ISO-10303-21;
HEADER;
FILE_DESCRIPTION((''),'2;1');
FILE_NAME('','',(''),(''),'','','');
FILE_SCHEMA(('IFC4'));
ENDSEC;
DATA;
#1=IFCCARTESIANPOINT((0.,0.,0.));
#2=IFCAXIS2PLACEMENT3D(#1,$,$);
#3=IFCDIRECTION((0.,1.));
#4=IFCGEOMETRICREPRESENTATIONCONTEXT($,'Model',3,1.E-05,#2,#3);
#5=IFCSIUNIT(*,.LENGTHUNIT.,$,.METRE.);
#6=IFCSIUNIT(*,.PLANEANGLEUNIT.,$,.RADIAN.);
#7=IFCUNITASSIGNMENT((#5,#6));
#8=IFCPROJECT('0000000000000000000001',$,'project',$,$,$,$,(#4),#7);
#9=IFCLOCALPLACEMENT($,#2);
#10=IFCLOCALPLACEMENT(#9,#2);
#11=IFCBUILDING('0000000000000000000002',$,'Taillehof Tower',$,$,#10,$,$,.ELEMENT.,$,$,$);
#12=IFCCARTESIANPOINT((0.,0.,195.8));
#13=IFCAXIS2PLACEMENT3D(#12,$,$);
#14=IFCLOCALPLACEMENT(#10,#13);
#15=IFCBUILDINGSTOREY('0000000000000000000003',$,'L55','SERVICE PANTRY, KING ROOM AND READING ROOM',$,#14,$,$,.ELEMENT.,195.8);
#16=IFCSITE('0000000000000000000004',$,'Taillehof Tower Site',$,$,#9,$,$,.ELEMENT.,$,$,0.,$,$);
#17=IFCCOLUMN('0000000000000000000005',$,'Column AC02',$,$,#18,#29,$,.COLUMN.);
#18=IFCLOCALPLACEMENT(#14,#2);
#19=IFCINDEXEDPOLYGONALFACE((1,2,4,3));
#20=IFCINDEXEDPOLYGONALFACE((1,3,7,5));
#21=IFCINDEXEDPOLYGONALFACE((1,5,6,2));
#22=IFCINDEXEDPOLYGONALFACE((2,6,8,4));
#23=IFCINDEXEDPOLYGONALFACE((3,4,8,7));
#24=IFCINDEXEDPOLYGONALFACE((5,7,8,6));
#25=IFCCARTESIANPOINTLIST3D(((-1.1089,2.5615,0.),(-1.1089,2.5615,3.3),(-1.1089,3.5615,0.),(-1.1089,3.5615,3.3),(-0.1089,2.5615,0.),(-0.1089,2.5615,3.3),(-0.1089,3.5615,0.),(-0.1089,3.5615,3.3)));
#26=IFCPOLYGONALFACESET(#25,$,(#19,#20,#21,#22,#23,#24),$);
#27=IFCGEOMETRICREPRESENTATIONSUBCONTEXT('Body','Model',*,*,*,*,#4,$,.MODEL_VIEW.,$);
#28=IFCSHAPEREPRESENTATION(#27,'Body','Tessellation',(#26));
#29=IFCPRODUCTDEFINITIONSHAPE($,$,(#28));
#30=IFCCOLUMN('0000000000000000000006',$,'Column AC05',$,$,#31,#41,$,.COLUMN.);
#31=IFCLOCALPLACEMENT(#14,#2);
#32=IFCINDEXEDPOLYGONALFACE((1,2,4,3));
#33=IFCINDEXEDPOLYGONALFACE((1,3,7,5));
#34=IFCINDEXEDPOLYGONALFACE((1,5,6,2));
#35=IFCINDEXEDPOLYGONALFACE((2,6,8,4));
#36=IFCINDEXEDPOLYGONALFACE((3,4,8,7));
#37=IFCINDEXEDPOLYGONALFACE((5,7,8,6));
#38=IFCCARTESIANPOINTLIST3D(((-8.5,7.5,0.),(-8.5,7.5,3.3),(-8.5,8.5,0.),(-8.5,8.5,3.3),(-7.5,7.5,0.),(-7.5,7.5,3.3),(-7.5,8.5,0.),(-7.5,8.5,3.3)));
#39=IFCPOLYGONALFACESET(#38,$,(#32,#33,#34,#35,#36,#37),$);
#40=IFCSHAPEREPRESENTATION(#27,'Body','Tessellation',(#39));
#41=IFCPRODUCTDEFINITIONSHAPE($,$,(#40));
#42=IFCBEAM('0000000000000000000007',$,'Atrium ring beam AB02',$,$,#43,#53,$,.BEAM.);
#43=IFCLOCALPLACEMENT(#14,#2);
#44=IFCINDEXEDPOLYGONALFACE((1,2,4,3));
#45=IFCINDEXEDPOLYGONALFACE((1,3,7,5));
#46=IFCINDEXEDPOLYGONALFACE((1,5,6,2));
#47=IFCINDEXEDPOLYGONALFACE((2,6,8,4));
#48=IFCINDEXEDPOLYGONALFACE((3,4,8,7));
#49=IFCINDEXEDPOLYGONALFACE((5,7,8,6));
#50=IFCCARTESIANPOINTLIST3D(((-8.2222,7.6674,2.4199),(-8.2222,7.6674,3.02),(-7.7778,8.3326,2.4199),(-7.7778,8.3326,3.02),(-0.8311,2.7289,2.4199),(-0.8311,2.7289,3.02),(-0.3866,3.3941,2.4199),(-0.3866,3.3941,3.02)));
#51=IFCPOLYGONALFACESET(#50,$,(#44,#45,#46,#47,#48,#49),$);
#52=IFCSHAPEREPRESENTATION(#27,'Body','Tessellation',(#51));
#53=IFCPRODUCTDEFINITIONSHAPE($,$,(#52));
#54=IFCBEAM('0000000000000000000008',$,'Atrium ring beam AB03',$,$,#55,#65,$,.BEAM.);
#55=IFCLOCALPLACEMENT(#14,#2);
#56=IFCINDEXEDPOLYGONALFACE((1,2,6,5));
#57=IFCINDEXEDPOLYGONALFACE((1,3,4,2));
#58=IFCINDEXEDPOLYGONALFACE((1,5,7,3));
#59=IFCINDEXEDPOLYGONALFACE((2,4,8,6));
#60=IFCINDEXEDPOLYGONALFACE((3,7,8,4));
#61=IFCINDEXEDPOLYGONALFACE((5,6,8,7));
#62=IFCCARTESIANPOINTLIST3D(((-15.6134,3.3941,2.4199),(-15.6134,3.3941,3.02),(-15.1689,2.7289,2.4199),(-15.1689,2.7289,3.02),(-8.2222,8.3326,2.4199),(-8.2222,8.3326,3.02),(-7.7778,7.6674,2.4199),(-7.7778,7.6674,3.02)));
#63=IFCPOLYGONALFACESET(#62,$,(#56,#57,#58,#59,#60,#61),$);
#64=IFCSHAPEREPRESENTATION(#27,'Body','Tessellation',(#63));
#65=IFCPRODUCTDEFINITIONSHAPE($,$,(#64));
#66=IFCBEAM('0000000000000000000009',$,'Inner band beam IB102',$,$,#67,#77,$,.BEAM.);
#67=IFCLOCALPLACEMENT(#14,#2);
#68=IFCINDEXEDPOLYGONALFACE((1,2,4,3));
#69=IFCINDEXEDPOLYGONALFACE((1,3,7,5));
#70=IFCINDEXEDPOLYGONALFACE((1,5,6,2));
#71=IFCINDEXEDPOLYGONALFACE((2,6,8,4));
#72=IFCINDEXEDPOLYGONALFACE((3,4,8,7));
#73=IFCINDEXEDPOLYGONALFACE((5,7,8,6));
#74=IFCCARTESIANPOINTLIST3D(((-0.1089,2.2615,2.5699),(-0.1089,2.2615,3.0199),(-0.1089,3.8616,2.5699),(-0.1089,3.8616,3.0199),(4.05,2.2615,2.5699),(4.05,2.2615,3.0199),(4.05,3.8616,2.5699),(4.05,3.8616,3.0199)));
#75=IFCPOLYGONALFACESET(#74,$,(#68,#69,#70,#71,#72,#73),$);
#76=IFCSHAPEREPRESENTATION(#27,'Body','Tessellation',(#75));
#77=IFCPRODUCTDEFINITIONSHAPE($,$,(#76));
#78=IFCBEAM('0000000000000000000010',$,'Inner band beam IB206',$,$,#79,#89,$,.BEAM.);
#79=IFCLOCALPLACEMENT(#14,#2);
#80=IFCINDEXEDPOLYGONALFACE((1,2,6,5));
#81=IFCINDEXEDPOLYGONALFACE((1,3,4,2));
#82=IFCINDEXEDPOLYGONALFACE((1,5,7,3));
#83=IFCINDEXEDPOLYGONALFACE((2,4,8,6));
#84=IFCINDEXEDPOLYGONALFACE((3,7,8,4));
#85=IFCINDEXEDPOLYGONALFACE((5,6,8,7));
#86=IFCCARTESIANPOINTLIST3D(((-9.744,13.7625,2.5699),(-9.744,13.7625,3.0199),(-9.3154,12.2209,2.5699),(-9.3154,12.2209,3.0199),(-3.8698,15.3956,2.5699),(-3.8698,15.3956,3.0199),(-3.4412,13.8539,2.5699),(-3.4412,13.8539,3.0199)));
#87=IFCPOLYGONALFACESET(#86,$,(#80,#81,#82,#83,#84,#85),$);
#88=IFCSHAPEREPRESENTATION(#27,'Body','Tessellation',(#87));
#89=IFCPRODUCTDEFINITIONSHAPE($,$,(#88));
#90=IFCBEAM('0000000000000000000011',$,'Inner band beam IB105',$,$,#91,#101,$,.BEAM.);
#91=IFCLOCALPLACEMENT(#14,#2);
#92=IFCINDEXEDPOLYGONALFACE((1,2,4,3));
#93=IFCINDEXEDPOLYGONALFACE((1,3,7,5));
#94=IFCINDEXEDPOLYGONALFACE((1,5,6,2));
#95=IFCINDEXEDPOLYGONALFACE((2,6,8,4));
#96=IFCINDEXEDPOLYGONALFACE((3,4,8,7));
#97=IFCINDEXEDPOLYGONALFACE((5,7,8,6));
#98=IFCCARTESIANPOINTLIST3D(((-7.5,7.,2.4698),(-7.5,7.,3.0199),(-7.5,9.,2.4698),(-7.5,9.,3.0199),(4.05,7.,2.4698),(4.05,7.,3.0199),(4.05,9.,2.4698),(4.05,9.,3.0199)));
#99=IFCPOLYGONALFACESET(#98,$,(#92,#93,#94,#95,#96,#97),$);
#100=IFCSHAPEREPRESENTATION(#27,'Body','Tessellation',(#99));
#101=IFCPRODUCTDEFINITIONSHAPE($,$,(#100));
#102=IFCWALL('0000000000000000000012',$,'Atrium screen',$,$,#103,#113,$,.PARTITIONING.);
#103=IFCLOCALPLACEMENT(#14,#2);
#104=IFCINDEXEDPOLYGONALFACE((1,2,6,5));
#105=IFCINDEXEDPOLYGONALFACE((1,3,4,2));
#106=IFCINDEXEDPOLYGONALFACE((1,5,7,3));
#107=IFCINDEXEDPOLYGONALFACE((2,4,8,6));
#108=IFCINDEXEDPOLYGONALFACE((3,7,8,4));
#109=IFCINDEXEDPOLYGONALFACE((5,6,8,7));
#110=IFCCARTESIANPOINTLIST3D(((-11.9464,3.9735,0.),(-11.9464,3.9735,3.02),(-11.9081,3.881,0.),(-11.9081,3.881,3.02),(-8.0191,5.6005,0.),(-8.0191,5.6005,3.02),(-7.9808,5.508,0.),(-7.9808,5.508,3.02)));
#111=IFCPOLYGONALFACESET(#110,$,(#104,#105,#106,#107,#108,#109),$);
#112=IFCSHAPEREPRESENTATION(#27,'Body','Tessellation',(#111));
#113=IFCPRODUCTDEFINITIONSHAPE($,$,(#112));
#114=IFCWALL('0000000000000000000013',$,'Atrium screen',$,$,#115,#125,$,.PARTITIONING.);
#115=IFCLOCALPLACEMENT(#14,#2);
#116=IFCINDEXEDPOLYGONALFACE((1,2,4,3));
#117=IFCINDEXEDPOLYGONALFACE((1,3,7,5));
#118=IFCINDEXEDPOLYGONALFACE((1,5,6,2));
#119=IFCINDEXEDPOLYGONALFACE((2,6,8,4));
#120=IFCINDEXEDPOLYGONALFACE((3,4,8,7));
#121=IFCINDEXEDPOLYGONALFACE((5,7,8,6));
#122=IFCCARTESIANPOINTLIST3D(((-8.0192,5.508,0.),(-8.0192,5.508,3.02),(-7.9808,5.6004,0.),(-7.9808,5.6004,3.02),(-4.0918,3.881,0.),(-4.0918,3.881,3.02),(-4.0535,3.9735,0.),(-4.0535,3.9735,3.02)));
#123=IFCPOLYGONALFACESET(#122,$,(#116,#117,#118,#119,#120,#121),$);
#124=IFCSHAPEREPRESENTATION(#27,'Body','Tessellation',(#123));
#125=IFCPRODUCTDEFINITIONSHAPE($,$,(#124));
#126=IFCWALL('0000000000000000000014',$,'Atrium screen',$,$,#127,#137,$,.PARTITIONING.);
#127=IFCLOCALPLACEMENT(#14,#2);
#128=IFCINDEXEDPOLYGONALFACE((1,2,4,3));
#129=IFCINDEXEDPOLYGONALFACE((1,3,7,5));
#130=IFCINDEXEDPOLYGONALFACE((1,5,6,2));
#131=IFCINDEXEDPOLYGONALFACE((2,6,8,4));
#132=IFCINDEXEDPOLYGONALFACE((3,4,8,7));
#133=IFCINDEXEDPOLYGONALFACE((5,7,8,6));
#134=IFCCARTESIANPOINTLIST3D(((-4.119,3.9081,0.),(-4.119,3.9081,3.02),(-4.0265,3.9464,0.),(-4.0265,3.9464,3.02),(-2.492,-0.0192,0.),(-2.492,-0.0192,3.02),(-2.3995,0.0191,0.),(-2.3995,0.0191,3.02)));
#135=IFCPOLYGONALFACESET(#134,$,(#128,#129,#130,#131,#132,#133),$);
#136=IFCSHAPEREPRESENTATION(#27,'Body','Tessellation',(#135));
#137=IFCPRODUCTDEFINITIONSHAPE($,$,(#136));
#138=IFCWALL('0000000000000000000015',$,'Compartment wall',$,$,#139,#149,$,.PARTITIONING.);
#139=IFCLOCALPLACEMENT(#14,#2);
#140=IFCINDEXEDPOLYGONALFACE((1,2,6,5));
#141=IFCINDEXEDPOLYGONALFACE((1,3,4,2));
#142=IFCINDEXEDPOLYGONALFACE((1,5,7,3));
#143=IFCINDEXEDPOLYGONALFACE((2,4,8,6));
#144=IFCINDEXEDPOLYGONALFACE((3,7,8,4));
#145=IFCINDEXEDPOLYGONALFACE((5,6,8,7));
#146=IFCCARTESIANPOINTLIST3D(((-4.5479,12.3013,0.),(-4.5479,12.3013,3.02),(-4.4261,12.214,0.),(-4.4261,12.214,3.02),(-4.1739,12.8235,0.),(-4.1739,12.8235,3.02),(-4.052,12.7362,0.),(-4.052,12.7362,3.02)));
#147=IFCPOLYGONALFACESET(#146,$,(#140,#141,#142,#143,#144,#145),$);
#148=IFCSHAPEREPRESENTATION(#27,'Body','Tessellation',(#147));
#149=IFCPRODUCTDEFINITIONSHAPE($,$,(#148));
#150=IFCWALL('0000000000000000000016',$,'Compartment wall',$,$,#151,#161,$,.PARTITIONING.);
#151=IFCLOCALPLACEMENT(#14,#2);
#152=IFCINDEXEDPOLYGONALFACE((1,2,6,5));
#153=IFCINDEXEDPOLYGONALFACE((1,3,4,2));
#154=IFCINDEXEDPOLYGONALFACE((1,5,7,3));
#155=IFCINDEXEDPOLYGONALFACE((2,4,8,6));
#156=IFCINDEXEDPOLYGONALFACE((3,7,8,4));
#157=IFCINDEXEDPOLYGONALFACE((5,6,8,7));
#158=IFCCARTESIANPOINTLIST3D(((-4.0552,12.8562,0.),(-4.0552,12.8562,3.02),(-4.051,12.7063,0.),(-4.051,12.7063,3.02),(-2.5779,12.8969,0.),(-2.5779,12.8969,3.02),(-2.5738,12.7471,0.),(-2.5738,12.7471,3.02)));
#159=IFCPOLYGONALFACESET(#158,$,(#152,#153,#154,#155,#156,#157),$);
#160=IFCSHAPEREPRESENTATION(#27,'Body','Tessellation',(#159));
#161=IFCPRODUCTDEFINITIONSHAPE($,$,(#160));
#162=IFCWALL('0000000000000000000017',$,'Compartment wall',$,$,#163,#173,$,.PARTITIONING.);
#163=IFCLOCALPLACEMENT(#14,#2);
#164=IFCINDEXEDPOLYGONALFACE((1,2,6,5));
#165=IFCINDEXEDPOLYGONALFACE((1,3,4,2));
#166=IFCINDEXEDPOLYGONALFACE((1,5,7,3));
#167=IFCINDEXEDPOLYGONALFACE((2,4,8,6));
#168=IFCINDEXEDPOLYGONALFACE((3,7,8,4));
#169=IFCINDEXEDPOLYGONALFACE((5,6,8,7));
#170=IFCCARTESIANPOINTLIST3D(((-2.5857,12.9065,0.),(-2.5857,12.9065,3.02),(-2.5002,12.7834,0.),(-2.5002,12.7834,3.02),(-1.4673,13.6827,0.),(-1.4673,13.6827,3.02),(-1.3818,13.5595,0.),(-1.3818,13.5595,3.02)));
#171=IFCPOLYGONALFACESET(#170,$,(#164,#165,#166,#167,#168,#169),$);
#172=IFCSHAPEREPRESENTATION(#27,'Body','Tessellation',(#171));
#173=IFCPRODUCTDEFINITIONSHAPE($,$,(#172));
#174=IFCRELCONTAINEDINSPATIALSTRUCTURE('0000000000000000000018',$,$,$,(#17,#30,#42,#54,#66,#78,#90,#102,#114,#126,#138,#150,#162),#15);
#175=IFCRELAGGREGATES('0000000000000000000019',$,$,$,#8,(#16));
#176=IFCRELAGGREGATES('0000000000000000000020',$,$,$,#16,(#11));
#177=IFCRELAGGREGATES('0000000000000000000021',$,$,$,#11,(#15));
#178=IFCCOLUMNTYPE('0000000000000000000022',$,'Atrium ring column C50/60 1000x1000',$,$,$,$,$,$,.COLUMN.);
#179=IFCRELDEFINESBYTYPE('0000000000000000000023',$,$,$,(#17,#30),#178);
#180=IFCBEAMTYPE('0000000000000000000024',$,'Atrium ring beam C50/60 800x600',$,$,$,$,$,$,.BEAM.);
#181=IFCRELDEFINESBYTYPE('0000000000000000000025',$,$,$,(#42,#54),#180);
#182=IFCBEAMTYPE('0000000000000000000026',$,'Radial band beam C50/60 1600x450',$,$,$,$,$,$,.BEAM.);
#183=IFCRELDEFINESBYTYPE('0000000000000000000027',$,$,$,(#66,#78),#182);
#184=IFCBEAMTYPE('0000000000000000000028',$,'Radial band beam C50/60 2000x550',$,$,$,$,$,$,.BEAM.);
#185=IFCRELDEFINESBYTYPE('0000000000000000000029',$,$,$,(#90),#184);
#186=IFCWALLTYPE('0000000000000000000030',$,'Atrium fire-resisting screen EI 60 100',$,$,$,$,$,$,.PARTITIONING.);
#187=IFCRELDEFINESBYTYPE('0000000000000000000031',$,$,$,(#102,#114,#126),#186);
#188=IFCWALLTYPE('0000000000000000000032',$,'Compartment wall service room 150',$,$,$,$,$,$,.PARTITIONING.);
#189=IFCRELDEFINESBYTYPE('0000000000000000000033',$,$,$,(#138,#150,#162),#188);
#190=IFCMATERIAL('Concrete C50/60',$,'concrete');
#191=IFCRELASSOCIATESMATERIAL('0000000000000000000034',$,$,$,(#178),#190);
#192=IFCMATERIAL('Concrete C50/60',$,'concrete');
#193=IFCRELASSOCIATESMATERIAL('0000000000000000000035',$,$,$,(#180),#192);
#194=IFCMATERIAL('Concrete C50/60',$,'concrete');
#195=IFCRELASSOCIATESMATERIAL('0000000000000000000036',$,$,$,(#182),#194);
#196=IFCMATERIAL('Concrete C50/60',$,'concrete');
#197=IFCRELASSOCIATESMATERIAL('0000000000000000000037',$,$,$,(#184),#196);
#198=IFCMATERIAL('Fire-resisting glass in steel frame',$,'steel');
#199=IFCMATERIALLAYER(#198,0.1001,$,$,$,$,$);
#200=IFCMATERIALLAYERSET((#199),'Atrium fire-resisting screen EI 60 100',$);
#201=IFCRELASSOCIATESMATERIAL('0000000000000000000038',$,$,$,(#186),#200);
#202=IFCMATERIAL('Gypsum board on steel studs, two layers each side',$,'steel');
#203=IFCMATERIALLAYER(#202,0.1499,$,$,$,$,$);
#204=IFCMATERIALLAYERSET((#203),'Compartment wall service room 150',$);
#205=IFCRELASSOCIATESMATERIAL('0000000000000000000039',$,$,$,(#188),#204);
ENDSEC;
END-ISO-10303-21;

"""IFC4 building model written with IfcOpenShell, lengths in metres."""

from ifc_helpers import new_model, si_unit, direction, frame, frame_2d, origin, origin_2d, place, context, subcontext, project, spatial, rectangle, extrude, material, layer, layer_set, material_profile, profile_set, type_object, element, save


model = new_model("IFC4")

# Units and contexts
model_context = context("Model", 3, precision=1e-05, world=origin(), true_north=direction((0.0, 1.0)))
body_context = subcontext(model_context, "Body", "Model", "MODEL_VIEW")
ifc_project = project(units=[si_unit("LENGTHUNIT", "METRE"), si_unit("PLANEANGLEUNIT", "RADIAN")], contexts=[model_context])

# Site, building, storey
site_placement = place(None, origin())
site = spatial("IfcSite", under=ifc_project, at=site_placement, Name="Taillehof Tower Site", CompositionType="ELEMENT", RefElevation=0.0)
building_placement = place(site_placement, origin())
building = spatial("IfcBuilding", under=site, at=building_placement, Name="Taillehof Tower", CompositionType="ELEMENT")
storey_placement = place(building_placement, frame((0.0, 0.0, 195.8)))
storey = spatial("IfcBuildingStorey", under=building, at=storey_placement, Name="L55", Description="SERVICE PANTRY, KING ROOM AND READING ROOM", CompositionType="ELEMENT", Elevation=195.8)

# Columns
ifc_material_1 = material(Name="Concrete C50/60", Category="concrete")
ifc_material_profile_1 = material_profile(ifc_material_1, rectangle(XDim=1.0, YDim=1.0, at=origin_2d()), Name="RC 1000x1000")
ifc_profile_set_1 = profile_set([ifc_material_profile_1], Name="Concrete C50/60")
column_type = type_object("IfcColumnType", Name="Atrium ring column C50/60 1000x1000", PredefinedType="COLUMN", material=ifc_profile_set_1)
for number, where, z_axis, x_axis, name in (
    (1, (-0.6089, 3.0615, 0.0), (0.0, 0.0, 1.0), (1.0, 0.0, 0.0), "Column AC02"),
    (2, (-8.0, 8.0, 0.0), (0.0, 0.0, 1.0), (1.0, 0.0, 0.0), "Column AC05"),
):
    element("IfcColumn", number, at=place(storey_placement, frame(where, z_axis=z_axis, x_axis=x_axis)), inside=storey, type_object=column_type, Name=name, PredefinedType="COLUMN", context=body_context, shape_type="SweptSolid", body=[
        extrude(rectangle(XDim=1.0, YDim=1.0, at=origin_2d()), origin(), (0.0, 0.0, 1.0), 3.3),
    ])

# Beams
ifc_material_2 = material(Name="Concrete C50/60", Category="concrete")
ifc_material_profile_2 = material_profile(ifc_material_2, rectangle(XDim=0.8, YDim=0.6001, at=origin_2d()), Name="RC 800x600")
ifc_profile_set_2 = profile_set([ifc_material_profile_2], Name="Concrete C50/60")
beam_type_1 = type_object("IfcBeamType", Name="Atrium ring beam C50/60 800x600", PredefinedType="BEAM", material=ifc_profile_set_2)
for number, where, z_axis, x_axis, name in (
    (3, (-0.6089, 3.0615, 2.72), (-0.831475, 0.555562, 0.0), (-0.555562, -0.831475, 0.0), "Atrium ring beam AB02"),
    (4, (-8.0, 8.0, 2.72), (-0.831475, -0.555562, 0.0), (0.555562, -0.831475, 0.0), "Atrium ring beam AB03"),
):
    element("IfcBeam", number, at=place(storey_placement, frame(where, z_axis=z_axis, x_axis=x_axis)), inside=storey, type_object=beam_type_1, Name=name, PredefinedType="BEAM", context=body_context, shape_type="SweptSolid", body=[
        extrude(rectangle(XDim=0.8, YDim=0.6001, at=origin_2d()), origin(), (0.0, 0.0, 1.0), 8.8892),
    ])
ifc_material_3 = material(Name="Concrete C50/60", Category="concrete")
ifc_material_profile_3 = material_profile(ifc_material_3, rectangle(XDim=1.6001, YDim=0.45, at=origin_2d()), Name="RC 1600x450")
ifc_profile_set_3 = profile_set([ifc_material_profile_3], Name="Concrete C50/60")
beam_type_2 = type_object("IfcBeamType", Name="Radial band beam C50/60 1600x450", PredefinedType="BEAM", material=ifc_profile_set_3)
beam_1_placement = place(storey_placement, frame((-0.1089, 3.0615, 2.7949), z_axis=(1.0, 0.0, 0.0), x_axis=(0.0, 1.0, 0.0)))
element("IfcBeam", 5, at=beam_1_placement, inside=storey, type_object=beam_type_2, Name="Inner band beam IB102", PredefinedType="BEAM", context=body_context, shape_type="SweptSolid", body=[
    extrude(rectangle(XDim=1.6001, YDim=0.45, at=origin_2d()), origin(), (0.0, 0.0, 1.0), 4.1589),
])
beam_2_placement = place(storey_placement, frame((-3.6555, 14.6248, 2.7949), z_axis=(-0.963459, -0.267855, 0.0), x_axis=(0.267855, -0.963459, 0.0)))
element("IfcBeam", 6, at=beam_2_placement, inside=storey, type_object=beam_type_2, Name="Inner band beam IB206", PredefinedType="BEAM", context=body_context, shape_type="SweptSolid", body=[
    extrude(rectangle(XDim=1.6001, YDim=0.45, at=origin_2d()), origin(), (0.0, 0.0, 1.0), 6.0969),
])
ifc_material_4 = material(Name="Concrete C50/60", Category="concrete")
ifc_material_profile_4 = material_profile(ifc_material_4, rectangle(XDim=2.0, YDim=0.55, at=origin_2d()), Name="RC 2000x550")
ifc_profile_set_4 = profile_set([ifc_material_profile_4], Name="Concrete C50/60")
beam_type_3 = type_object("IfcBeamType", Name="Radial band beam C50/60 2000x550", PredefinedType="BEAM", material=ifc_profile_set_4)
beam_3_placement = place(storey_placement, frame((-7.5, 8.0, 2.7449), z_axis=(1.0, 0.0, 0.0), x_axis=(0.0, 1.0, 0.0)))
element("IfcBeam", 7, at=beam_3_placement, inside=storey, type_object=beam_type_3, Name="Inner band beam IB105", PredefinedType="BEAM", context=body_context, shape_type="SweptSolid", body=[
    extrude(rectangle(XDim=2.0, YDim=0.55, at=origin_2d()), origin(), (0.0, 0.0, 1.0), 11.55),
])

# Walls
ifc_material_5 = material(Name="Fire-resisting glass in steel frame", Category="steel")
ifc_layer_1 = layer(ifc_material_5, 0.1001)
ifc_layer_set_1 = layer_set([ifc_layer_1], Name="Atrium fire-resisting screen EI 60 100")
wall_type_1 = type_object("IfcWallType", Name="Atrium fire-resisting screen EI 60 100", PredefinedType="PARTITIONING", material=ifc_layer_set_1)
for number, where, z_axis, x_axis, name in (
    (8, (-11.9272, 3.9272, 0.0), (0.0, 0.0, 1.0), (0.92386, 0.382731, 0.0), "Atrium screen"),
    (9, (-8.0, 5.5542, 0.0), (0.0, 0.0, 1.0), (0.92386, -0.382731, 0.0), "Atrium screen"),
    (10, (-4.0728, 3.9272, 0.0), (0.0, 0.0, 1.0), (0.382731, -0.92386, 0.0), "Atrium screen"),
):
    element("IfcWall", number, at=place(storey_placement, frame(where, z_axis=z_axis, x_axis=x_axis)), inside=storey, type_object=wall_type_1, Name=name, PredefinedType="PARTITIONING", context=body_context, shape_type="SweptSolid", body=[
        extrude(rectangle(XDim=4.251, YDim=0.1001, at=frame_2d((2.1255, 0.0))), origin(), (0.0, 0.0, 1.0), 3.02),
    ])
ifc_material_6 = material(Name="Gypsum board on steel studs, two layers each side", Category="steel")
ifc_layer_2 = layer(ifc_material_6, 0.1499)
ifc_layer_set_2 = layer_set([ifc_layer_2], Name="Compartment wall service room 150")
wall_type_2 = type_object("IfcWallType", Name="Compartment wall service room 150", PredefinedType="PARTITIONING", material=ifc_layer_set_2)
wall_1_placement = place(storey_placement, frame((-4.4871, 12.2576, 0.0), z_axis=(0.0, 0.0, 1.0), x_axis=(0.58228, 0.812988, 0.0)))
element("IfcWall", 11, at=wall_1_placement, inside=storey, type_object=wall_type_2, Name="Compartment wall", PredefinedType="PARTITIONING", context=body_context, shape_type="SweptSolid", body=[
    extrude(rectangle(XDim=0.6423, YDim=0.1499, at=frame_2d((0.3213, 0.0))), origin(), (0.0, 0.0, 1.0), 3.02),
])
wall_2_placement = place(storey_placement, frame((-4.053, 12.7812, 0.0), z_axis=(0.0, 0.0, 1.0), x_axis=(0.999619, 0.027588, 0.0)))
element("IfcWall", 12, at=wall_2_placement, inside=storey, type_object=wall_type_2, Name="Compartment wall", PredefinedType="PARTITIONING", context=body_context, shape_type="SweptSolid", body=[
    extrude(rectangle(XDim=1.4778, YDim=0.1499, at=frame_2d((0.7388, 0.0))), origin(), (0.0, 0.0, 1.0), 3.02),
])
wall_3_placement = place(storey_placement, frame((-2.543, 12.845, 0.0), z_axis=(0.0, 0.0, 1.0), x_axis=(0.821559, 0.570124, 0.0)))
element("IfcWall", 13, at=wall_3_placement, inside=storey, type_object=wall_type_2, Name="Compartment wall", PredefinedType="PARTITIONING", context=body_context, shape_type="SweptSolid", body=[
    extrude(rectangle(XDim=1.3613, YDim=0.1499, at=frame_2d((0.6807, 0.0))), origin(), (0.0, 0.0, 1.0), 3.02),
])

save(model, "model.ifc")
